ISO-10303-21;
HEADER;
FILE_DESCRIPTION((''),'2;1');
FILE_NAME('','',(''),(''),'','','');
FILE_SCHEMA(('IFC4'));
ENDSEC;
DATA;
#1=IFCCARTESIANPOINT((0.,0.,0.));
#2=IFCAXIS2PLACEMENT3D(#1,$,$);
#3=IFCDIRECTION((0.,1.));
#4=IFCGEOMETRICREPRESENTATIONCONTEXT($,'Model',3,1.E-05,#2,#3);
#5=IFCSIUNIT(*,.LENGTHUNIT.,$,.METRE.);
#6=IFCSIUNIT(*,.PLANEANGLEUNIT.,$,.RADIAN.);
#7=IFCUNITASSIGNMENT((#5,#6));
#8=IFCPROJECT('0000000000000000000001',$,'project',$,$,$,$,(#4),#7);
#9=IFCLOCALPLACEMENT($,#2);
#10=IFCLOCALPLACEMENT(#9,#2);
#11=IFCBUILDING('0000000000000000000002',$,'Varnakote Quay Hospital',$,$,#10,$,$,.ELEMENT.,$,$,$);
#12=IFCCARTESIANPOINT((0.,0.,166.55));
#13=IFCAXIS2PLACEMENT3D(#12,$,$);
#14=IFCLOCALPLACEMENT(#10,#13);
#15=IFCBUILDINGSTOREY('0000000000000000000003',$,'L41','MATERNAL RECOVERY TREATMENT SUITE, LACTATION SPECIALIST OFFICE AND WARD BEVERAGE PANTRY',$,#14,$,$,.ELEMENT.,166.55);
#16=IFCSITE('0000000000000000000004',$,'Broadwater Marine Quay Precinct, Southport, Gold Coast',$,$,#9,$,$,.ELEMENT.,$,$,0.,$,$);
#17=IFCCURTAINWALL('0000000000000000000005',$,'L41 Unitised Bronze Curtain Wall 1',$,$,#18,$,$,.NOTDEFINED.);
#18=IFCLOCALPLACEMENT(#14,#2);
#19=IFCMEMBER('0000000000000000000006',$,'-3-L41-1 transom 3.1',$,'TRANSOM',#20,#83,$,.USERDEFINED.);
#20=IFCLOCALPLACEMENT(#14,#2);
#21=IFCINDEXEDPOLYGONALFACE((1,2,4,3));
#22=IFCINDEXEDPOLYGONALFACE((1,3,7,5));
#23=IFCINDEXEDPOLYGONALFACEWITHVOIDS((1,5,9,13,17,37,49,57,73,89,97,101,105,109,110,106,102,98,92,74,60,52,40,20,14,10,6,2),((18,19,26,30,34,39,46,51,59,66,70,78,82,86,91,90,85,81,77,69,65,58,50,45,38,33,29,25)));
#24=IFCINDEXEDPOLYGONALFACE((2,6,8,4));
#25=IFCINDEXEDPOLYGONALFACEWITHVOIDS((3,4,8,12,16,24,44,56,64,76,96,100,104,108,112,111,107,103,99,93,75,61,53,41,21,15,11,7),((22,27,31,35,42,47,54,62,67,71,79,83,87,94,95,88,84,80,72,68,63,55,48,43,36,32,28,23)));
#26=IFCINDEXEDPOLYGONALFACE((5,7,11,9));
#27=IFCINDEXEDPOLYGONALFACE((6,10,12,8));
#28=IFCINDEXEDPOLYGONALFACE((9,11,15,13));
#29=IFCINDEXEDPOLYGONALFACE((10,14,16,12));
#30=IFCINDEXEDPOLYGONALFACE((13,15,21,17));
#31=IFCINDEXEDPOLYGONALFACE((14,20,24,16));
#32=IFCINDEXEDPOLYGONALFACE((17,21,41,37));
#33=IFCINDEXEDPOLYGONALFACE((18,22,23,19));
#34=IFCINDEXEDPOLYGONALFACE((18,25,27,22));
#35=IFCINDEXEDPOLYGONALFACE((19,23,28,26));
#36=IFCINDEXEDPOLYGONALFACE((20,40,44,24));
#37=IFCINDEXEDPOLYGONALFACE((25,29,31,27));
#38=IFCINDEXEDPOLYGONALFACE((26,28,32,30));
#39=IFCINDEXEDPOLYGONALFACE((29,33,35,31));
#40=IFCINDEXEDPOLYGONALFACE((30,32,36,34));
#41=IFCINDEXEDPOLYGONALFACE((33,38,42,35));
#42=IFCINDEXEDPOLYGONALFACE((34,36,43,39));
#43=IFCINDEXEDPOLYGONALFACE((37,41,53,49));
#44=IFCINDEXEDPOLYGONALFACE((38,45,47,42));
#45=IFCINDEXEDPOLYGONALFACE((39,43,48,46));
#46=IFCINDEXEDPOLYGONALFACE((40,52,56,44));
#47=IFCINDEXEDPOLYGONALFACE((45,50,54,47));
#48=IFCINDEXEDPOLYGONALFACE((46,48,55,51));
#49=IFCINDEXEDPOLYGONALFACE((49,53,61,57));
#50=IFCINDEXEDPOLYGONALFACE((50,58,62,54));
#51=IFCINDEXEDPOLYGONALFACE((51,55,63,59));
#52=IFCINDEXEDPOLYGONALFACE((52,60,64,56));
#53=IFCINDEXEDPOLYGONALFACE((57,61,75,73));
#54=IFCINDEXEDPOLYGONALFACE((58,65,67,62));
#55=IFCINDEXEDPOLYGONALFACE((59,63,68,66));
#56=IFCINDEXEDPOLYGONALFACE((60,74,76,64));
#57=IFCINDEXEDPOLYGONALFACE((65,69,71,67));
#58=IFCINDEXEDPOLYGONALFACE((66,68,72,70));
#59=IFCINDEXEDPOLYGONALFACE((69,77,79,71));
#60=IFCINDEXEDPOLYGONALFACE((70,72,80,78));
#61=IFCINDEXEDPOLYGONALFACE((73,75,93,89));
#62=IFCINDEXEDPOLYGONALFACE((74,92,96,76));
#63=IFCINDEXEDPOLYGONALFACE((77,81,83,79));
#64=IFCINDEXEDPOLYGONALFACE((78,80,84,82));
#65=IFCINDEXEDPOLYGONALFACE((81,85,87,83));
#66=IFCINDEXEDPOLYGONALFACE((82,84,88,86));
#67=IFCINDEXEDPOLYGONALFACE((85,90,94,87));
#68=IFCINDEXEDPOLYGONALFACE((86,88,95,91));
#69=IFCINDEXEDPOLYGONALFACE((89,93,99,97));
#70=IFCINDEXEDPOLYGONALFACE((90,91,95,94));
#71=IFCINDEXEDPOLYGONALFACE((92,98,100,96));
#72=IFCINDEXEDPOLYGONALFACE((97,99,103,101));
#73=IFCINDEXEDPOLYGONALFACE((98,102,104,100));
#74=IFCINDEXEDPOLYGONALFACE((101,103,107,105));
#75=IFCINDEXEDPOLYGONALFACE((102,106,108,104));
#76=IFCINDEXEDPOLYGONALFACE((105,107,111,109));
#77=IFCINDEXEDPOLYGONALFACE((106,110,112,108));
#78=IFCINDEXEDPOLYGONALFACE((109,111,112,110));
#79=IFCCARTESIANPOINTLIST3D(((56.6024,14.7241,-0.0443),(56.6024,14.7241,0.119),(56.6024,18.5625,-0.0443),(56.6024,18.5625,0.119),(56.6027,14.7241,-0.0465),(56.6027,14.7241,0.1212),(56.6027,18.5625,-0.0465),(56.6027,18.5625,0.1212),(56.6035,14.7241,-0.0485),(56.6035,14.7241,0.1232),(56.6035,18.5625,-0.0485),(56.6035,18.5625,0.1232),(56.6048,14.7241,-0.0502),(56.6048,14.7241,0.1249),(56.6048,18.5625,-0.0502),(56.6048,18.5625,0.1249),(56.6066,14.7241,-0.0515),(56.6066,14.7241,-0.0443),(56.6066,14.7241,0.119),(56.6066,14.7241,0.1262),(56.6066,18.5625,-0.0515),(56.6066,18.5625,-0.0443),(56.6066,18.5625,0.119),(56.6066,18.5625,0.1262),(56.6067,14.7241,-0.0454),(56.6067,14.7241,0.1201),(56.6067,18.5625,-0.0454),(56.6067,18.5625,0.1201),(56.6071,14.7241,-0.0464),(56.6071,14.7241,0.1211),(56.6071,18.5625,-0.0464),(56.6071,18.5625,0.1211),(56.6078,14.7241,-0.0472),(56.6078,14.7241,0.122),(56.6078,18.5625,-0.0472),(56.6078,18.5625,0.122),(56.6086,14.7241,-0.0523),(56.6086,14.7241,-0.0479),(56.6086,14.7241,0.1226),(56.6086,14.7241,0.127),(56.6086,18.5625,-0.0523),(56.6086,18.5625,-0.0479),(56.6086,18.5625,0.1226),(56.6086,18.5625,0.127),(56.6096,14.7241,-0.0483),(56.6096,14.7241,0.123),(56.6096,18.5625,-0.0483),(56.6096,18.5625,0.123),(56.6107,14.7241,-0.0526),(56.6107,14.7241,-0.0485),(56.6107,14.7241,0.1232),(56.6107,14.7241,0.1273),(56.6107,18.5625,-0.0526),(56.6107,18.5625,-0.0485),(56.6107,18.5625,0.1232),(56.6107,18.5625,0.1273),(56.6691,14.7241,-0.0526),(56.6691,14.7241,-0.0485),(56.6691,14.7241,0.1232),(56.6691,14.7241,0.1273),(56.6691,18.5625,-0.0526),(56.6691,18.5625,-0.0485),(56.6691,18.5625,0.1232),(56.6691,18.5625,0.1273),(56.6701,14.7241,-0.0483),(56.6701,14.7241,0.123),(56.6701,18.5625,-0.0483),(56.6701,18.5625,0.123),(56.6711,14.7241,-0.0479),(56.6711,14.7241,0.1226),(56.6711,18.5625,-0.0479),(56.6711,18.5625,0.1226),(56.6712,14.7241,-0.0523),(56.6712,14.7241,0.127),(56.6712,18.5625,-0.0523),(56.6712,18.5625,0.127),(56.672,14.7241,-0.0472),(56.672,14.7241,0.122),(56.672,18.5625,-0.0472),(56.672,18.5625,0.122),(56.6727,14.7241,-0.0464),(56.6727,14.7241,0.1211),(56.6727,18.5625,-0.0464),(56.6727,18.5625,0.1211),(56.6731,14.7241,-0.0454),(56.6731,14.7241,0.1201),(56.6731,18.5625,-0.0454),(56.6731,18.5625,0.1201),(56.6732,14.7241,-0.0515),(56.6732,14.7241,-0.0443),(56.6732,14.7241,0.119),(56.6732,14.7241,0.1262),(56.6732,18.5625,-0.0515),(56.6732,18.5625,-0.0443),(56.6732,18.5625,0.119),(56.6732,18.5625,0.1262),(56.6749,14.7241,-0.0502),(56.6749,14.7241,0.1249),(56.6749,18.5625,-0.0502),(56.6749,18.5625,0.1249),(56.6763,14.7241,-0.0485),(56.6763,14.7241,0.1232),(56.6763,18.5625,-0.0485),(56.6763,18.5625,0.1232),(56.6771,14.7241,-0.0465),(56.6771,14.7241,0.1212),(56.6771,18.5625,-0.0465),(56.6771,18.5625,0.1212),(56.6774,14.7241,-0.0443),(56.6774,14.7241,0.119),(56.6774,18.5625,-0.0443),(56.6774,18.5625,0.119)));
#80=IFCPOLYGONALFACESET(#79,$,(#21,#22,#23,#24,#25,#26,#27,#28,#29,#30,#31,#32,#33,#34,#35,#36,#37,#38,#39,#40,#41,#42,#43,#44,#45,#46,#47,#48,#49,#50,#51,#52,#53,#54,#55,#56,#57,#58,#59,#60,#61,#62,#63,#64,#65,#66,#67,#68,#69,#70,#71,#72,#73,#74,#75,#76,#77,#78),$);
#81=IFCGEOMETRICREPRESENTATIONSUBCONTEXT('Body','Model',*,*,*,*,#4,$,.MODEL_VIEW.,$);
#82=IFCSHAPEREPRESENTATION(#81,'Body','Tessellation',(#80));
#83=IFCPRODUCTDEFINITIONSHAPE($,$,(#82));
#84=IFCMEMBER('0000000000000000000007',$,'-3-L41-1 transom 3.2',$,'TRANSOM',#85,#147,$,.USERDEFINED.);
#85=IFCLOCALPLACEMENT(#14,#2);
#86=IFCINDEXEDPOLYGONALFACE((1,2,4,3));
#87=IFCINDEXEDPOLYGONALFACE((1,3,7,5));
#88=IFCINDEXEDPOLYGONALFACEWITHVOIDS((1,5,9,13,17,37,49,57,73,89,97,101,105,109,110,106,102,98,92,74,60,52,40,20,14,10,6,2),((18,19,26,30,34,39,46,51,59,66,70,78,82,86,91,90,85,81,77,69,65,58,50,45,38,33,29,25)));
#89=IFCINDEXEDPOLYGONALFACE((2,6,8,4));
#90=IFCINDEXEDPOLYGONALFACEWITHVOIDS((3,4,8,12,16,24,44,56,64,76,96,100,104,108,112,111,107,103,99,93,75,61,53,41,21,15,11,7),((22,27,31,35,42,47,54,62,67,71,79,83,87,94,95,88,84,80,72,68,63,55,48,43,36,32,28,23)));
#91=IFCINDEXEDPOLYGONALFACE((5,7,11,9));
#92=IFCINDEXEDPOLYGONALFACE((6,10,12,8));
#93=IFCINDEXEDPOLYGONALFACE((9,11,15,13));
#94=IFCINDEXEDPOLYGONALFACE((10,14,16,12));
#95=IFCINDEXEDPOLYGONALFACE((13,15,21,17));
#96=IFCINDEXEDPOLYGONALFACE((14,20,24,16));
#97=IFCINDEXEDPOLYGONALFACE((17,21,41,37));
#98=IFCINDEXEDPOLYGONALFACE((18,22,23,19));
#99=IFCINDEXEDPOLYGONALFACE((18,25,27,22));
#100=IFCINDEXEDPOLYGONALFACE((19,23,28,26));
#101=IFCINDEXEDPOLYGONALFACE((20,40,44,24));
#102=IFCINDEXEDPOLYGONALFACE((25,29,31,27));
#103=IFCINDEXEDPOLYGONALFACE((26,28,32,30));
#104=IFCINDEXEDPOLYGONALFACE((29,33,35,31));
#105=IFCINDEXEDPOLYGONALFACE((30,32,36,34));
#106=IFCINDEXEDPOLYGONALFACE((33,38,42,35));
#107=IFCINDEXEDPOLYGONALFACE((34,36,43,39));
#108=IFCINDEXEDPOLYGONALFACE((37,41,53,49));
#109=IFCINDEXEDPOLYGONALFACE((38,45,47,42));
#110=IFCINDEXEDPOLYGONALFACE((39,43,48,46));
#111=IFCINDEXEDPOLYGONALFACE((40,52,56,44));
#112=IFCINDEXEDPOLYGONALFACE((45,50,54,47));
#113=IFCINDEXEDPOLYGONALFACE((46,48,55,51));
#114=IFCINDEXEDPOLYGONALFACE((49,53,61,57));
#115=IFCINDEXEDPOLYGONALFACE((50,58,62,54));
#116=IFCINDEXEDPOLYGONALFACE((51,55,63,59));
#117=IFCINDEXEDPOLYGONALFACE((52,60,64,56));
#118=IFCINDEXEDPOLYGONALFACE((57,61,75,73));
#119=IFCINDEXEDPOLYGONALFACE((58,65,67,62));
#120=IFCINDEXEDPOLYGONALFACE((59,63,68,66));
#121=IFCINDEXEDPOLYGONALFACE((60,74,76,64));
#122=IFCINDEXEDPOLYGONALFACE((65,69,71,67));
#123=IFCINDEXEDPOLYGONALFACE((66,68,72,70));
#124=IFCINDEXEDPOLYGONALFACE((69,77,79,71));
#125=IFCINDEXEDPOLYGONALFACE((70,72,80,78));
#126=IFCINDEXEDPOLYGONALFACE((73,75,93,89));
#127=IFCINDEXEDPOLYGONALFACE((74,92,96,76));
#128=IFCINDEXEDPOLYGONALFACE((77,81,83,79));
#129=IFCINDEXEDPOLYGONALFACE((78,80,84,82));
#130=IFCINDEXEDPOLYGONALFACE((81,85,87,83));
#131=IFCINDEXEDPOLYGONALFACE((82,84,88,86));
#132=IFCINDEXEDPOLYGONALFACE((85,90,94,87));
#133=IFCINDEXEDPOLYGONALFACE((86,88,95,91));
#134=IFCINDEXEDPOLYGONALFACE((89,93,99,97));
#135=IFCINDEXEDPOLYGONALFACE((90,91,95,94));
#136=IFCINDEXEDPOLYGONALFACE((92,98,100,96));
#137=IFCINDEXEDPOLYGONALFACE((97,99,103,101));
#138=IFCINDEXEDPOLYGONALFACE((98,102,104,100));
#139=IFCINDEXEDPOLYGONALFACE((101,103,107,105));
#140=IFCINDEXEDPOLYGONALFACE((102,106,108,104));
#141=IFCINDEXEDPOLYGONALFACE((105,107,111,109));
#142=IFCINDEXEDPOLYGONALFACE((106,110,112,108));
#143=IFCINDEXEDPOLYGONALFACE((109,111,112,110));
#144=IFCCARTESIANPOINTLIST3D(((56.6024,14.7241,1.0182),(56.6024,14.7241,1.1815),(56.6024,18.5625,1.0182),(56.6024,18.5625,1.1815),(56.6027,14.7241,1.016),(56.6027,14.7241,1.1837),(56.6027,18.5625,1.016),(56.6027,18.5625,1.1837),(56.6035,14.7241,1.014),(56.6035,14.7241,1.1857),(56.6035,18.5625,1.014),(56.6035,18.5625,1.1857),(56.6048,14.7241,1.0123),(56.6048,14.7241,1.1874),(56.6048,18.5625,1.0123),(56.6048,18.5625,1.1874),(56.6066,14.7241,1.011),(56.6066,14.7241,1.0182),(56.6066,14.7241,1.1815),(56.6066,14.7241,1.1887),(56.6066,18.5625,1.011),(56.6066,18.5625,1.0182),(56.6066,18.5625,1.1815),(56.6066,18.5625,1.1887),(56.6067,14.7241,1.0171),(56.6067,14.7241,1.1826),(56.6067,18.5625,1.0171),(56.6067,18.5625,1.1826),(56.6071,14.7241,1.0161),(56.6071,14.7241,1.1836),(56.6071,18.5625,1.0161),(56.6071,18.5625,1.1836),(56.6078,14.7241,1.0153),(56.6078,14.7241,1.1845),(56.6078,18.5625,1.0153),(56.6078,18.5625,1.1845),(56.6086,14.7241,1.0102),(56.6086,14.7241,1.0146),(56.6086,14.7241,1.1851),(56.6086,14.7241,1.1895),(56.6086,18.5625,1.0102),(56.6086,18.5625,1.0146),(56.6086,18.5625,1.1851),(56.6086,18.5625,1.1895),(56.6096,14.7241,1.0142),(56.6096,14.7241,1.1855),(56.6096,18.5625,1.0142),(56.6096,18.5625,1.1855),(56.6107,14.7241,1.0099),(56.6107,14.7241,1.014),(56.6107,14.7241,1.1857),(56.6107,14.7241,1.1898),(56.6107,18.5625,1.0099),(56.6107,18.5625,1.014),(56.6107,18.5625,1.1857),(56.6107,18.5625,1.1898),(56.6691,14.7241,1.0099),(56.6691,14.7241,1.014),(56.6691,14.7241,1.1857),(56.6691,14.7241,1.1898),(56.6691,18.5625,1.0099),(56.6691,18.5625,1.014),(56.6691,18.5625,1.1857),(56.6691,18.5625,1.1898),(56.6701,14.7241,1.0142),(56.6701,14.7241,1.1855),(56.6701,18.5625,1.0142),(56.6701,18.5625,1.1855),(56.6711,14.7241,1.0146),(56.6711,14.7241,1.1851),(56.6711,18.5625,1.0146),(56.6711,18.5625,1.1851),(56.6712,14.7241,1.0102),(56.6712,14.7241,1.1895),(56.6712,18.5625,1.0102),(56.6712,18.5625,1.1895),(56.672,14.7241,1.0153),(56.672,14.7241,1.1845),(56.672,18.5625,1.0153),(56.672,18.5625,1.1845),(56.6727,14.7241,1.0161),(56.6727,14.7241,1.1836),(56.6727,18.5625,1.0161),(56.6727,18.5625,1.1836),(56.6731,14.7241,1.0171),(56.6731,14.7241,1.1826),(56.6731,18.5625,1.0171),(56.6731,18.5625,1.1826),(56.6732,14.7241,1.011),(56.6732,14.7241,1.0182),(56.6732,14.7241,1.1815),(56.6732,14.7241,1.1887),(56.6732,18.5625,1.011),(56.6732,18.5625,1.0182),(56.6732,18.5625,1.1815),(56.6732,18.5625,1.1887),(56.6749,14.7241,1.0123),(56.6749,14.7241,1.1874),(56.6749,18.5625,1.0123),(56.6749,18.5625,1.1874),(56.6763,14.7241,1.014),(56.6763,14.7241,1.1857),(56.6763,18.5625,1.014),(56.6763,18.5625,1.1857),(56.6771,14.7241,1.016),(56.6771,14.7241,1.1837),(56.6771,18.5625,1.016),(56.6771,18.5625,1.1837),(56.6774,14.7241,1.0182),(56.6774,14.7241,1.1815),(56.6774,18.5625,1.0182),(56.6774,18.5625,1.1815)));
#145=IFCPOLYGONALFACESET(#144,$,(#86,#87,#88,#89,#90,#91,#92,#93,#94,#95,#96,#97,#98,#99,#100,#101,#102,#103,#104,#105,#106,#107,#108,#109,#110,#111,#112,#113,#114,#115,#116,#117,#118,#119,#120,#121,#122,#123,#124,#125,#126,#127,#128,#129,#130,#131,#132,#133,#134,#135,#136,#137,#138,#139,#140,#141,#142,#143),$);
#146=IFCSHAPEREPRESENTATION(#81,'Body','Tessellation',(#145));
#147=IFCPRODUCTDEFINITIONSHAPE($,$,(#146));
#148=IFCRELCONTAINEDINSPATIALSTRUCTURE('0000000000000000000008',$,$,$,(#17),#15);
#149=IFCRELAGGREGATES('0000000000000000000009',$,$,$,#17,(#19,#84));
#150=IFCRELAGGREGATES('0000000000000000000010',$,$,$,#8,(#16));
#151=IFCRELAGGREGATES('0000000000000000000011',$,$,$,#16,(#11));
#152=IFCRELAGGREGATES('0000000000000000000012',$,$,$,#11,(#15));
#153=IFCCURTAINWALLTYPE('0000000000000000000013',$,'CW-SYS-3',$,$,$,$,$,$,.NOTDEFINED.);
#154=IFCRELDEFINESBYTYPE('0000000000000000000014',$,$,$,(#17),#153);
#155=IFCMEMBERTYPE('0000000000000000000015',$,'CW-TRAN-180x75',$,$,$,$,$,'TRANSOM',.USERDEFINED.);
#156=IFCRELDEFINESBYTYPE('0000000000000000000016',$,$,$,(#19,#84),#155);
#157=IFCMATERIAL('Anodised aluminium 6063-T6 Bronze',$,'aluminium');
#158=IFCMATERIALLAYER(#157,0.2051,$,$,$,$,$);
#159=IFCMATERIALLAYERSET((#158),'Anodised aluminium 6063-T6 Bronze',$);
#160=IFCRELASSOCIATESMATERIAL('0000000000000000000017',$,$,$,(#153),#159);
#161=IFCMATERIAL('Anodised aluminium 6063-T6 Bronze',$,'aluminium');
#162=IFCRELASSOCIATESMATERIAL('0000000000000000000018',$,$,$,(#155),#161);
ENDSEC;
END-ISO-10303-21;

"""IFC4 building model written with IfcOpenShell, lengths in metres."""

from ifc_helpers import new_model, si_unit, direction, frame, origin, origin_2d, place, context, subcontext, project, spatial, hollow_rectangle, extrude, material, layer, layer_set, material_profile, profile_set, type_object, element, aggregate, save


model = new_model("IFC4")

# Units and contexts
model_context = context("Model", 3, precision=1e-05, world=origin(), true_north=direction((0.0, 1.0)))
body_context = subcontext(model_context, "Body", "Model", "MODEL_VIEW")
ifc_project = project(units=[si_unit("LENGTHUNIT", "METRE"), si_unit("PLANEANGLEUNIT", "RADIAN")], contexts=[model_context])

# Site, building, storey
site_placement = place(None, origin())
site = spatial("IfcSite", under=ifc_project, at=site_placement, Name="Broadwater Marine Quay Precinct, Southport, Gold Coast", CompositionType="ELEMENT", RefElevation=0.0)
building_placement = place(site_placement, origin())
building = spatial("IfcBuilding", under=site, at=building_placement, Name="Varnakote Quay Hospital", CompositionType="ELEMENT")
storey_placement = place(building_placement, frame((0.0, 0.0, 166.55)))
storey = spatial("IfcBuildingStorey", under=building, at=storey_placement, Name="L41", Description="MATERNAL RECOVERY TREATMENT SUITE, LACTATION SPECIALIST OFFICE AND WARD BEVERAGE PANTRY", CompositionType="ELEMENT", Elevation=166.55)

# Curtain wall, members
ifc_material_1 = material(Name="Anodised aluminium 6063-T6 Bronze", Category="aluminium")
ifc_layer_1 = layer(ifc_material_1, 0.2051)
ifc_layer_set_1 = layer_set([ifc_layer_1], Name="Anodised aluminium 6063-T6 Bronze")
curtain_wall_type = type_object("IfcCurtainWallType", Name="CW-SYS-3", PredefinedType="NOTDEFINED", material=ifc_layer_set_1)
curtain_wall_placement = place(storey_placement, origin())
curtain_wall = element("IfcCurtainWall", 1, at=curtain_wall_placement, inside=storey, type_object=curtain_wall_type, Name="L41 Unitised Bronze Curtain Wall 1", PredefinedType="NOTDEFINED")
ifc_material_2 = material(Name="Anodised aluminium 6063-T6 Bronze", Category="aluminium")
ifc_material_profile_1 = material_profile(ifc_material_2, hollow_rectangle(XDim=0.075, YDim=0.1799, WallThickness=0.0042, InnerFilletRadius=0.0042, OuterFilletRadius=0.0083, at=origin_2d()), Name="CW-TRAN-180x75")
ifc_profile_set_1 = profile_set([ifc_material_profile_1], Name="Anodised aluminium 6063-T6 Bronze")
member_type_1 = type_object("IfcMemberType", Name="CW-TRAN-180x75", ElementType="TRANSOM", PredefinedType="USERDEFINED", material=ifc_profile_set_1)
member_1_placement = place(storey_placement, frame((56.6399, 14.7241, 0.0374), z_axis=(0.0, 1.0, 0.0), x_axis=(-1.0, 0.0, 0.0)))
member_1 = element("IfcMember", 2, at=member_1_placement, type_object=member_type_1, Name="-3-L41-1 transom 3.1", ObjectType="TRANSOM", PredefinedType="USERDEFINED", context=body_context, shape_type="SweptSolid", body=[
    extrude(hollow_rectangle(XDim=0.075, YDim=0.1799, WallThickness=0.0042, InnerFilletRadius=0.0042, OuterFilletRadius=0.0083, at=origin_2d()), origin(), (0.0, 0.0, 1.0), 3.8384),
])
member_2_placement = place(storey_placement, frame((56.6399, 14.7241, 1.0999), z_axis=(0.0, 1.0, 0.0), x_axis=(-1.0, 0.0, 0.0)))
member_2 = element("IfcMember", 3, at=member_2_placement, type_object=member_type_1, Name="-3-L41-1 transom 3.2", ObjectType="TRANSOM", PredefinedType="USERDEFINED", context=body_context, shape_type="SweptSolid", body=[
    extrude(hollow_rectangle(XDim=0.075, YDim=0.1799, WallThickness=0.0042, InnerFilletRadius=0.0042, OuterFilletRadius=0.0083, at=origin_2d()), origin(), (0.0, 0.0, 1.0), 3.8384),
])
aggregate(curtain_wall, [member_1, member_2])

save(model, "model.ifc")
